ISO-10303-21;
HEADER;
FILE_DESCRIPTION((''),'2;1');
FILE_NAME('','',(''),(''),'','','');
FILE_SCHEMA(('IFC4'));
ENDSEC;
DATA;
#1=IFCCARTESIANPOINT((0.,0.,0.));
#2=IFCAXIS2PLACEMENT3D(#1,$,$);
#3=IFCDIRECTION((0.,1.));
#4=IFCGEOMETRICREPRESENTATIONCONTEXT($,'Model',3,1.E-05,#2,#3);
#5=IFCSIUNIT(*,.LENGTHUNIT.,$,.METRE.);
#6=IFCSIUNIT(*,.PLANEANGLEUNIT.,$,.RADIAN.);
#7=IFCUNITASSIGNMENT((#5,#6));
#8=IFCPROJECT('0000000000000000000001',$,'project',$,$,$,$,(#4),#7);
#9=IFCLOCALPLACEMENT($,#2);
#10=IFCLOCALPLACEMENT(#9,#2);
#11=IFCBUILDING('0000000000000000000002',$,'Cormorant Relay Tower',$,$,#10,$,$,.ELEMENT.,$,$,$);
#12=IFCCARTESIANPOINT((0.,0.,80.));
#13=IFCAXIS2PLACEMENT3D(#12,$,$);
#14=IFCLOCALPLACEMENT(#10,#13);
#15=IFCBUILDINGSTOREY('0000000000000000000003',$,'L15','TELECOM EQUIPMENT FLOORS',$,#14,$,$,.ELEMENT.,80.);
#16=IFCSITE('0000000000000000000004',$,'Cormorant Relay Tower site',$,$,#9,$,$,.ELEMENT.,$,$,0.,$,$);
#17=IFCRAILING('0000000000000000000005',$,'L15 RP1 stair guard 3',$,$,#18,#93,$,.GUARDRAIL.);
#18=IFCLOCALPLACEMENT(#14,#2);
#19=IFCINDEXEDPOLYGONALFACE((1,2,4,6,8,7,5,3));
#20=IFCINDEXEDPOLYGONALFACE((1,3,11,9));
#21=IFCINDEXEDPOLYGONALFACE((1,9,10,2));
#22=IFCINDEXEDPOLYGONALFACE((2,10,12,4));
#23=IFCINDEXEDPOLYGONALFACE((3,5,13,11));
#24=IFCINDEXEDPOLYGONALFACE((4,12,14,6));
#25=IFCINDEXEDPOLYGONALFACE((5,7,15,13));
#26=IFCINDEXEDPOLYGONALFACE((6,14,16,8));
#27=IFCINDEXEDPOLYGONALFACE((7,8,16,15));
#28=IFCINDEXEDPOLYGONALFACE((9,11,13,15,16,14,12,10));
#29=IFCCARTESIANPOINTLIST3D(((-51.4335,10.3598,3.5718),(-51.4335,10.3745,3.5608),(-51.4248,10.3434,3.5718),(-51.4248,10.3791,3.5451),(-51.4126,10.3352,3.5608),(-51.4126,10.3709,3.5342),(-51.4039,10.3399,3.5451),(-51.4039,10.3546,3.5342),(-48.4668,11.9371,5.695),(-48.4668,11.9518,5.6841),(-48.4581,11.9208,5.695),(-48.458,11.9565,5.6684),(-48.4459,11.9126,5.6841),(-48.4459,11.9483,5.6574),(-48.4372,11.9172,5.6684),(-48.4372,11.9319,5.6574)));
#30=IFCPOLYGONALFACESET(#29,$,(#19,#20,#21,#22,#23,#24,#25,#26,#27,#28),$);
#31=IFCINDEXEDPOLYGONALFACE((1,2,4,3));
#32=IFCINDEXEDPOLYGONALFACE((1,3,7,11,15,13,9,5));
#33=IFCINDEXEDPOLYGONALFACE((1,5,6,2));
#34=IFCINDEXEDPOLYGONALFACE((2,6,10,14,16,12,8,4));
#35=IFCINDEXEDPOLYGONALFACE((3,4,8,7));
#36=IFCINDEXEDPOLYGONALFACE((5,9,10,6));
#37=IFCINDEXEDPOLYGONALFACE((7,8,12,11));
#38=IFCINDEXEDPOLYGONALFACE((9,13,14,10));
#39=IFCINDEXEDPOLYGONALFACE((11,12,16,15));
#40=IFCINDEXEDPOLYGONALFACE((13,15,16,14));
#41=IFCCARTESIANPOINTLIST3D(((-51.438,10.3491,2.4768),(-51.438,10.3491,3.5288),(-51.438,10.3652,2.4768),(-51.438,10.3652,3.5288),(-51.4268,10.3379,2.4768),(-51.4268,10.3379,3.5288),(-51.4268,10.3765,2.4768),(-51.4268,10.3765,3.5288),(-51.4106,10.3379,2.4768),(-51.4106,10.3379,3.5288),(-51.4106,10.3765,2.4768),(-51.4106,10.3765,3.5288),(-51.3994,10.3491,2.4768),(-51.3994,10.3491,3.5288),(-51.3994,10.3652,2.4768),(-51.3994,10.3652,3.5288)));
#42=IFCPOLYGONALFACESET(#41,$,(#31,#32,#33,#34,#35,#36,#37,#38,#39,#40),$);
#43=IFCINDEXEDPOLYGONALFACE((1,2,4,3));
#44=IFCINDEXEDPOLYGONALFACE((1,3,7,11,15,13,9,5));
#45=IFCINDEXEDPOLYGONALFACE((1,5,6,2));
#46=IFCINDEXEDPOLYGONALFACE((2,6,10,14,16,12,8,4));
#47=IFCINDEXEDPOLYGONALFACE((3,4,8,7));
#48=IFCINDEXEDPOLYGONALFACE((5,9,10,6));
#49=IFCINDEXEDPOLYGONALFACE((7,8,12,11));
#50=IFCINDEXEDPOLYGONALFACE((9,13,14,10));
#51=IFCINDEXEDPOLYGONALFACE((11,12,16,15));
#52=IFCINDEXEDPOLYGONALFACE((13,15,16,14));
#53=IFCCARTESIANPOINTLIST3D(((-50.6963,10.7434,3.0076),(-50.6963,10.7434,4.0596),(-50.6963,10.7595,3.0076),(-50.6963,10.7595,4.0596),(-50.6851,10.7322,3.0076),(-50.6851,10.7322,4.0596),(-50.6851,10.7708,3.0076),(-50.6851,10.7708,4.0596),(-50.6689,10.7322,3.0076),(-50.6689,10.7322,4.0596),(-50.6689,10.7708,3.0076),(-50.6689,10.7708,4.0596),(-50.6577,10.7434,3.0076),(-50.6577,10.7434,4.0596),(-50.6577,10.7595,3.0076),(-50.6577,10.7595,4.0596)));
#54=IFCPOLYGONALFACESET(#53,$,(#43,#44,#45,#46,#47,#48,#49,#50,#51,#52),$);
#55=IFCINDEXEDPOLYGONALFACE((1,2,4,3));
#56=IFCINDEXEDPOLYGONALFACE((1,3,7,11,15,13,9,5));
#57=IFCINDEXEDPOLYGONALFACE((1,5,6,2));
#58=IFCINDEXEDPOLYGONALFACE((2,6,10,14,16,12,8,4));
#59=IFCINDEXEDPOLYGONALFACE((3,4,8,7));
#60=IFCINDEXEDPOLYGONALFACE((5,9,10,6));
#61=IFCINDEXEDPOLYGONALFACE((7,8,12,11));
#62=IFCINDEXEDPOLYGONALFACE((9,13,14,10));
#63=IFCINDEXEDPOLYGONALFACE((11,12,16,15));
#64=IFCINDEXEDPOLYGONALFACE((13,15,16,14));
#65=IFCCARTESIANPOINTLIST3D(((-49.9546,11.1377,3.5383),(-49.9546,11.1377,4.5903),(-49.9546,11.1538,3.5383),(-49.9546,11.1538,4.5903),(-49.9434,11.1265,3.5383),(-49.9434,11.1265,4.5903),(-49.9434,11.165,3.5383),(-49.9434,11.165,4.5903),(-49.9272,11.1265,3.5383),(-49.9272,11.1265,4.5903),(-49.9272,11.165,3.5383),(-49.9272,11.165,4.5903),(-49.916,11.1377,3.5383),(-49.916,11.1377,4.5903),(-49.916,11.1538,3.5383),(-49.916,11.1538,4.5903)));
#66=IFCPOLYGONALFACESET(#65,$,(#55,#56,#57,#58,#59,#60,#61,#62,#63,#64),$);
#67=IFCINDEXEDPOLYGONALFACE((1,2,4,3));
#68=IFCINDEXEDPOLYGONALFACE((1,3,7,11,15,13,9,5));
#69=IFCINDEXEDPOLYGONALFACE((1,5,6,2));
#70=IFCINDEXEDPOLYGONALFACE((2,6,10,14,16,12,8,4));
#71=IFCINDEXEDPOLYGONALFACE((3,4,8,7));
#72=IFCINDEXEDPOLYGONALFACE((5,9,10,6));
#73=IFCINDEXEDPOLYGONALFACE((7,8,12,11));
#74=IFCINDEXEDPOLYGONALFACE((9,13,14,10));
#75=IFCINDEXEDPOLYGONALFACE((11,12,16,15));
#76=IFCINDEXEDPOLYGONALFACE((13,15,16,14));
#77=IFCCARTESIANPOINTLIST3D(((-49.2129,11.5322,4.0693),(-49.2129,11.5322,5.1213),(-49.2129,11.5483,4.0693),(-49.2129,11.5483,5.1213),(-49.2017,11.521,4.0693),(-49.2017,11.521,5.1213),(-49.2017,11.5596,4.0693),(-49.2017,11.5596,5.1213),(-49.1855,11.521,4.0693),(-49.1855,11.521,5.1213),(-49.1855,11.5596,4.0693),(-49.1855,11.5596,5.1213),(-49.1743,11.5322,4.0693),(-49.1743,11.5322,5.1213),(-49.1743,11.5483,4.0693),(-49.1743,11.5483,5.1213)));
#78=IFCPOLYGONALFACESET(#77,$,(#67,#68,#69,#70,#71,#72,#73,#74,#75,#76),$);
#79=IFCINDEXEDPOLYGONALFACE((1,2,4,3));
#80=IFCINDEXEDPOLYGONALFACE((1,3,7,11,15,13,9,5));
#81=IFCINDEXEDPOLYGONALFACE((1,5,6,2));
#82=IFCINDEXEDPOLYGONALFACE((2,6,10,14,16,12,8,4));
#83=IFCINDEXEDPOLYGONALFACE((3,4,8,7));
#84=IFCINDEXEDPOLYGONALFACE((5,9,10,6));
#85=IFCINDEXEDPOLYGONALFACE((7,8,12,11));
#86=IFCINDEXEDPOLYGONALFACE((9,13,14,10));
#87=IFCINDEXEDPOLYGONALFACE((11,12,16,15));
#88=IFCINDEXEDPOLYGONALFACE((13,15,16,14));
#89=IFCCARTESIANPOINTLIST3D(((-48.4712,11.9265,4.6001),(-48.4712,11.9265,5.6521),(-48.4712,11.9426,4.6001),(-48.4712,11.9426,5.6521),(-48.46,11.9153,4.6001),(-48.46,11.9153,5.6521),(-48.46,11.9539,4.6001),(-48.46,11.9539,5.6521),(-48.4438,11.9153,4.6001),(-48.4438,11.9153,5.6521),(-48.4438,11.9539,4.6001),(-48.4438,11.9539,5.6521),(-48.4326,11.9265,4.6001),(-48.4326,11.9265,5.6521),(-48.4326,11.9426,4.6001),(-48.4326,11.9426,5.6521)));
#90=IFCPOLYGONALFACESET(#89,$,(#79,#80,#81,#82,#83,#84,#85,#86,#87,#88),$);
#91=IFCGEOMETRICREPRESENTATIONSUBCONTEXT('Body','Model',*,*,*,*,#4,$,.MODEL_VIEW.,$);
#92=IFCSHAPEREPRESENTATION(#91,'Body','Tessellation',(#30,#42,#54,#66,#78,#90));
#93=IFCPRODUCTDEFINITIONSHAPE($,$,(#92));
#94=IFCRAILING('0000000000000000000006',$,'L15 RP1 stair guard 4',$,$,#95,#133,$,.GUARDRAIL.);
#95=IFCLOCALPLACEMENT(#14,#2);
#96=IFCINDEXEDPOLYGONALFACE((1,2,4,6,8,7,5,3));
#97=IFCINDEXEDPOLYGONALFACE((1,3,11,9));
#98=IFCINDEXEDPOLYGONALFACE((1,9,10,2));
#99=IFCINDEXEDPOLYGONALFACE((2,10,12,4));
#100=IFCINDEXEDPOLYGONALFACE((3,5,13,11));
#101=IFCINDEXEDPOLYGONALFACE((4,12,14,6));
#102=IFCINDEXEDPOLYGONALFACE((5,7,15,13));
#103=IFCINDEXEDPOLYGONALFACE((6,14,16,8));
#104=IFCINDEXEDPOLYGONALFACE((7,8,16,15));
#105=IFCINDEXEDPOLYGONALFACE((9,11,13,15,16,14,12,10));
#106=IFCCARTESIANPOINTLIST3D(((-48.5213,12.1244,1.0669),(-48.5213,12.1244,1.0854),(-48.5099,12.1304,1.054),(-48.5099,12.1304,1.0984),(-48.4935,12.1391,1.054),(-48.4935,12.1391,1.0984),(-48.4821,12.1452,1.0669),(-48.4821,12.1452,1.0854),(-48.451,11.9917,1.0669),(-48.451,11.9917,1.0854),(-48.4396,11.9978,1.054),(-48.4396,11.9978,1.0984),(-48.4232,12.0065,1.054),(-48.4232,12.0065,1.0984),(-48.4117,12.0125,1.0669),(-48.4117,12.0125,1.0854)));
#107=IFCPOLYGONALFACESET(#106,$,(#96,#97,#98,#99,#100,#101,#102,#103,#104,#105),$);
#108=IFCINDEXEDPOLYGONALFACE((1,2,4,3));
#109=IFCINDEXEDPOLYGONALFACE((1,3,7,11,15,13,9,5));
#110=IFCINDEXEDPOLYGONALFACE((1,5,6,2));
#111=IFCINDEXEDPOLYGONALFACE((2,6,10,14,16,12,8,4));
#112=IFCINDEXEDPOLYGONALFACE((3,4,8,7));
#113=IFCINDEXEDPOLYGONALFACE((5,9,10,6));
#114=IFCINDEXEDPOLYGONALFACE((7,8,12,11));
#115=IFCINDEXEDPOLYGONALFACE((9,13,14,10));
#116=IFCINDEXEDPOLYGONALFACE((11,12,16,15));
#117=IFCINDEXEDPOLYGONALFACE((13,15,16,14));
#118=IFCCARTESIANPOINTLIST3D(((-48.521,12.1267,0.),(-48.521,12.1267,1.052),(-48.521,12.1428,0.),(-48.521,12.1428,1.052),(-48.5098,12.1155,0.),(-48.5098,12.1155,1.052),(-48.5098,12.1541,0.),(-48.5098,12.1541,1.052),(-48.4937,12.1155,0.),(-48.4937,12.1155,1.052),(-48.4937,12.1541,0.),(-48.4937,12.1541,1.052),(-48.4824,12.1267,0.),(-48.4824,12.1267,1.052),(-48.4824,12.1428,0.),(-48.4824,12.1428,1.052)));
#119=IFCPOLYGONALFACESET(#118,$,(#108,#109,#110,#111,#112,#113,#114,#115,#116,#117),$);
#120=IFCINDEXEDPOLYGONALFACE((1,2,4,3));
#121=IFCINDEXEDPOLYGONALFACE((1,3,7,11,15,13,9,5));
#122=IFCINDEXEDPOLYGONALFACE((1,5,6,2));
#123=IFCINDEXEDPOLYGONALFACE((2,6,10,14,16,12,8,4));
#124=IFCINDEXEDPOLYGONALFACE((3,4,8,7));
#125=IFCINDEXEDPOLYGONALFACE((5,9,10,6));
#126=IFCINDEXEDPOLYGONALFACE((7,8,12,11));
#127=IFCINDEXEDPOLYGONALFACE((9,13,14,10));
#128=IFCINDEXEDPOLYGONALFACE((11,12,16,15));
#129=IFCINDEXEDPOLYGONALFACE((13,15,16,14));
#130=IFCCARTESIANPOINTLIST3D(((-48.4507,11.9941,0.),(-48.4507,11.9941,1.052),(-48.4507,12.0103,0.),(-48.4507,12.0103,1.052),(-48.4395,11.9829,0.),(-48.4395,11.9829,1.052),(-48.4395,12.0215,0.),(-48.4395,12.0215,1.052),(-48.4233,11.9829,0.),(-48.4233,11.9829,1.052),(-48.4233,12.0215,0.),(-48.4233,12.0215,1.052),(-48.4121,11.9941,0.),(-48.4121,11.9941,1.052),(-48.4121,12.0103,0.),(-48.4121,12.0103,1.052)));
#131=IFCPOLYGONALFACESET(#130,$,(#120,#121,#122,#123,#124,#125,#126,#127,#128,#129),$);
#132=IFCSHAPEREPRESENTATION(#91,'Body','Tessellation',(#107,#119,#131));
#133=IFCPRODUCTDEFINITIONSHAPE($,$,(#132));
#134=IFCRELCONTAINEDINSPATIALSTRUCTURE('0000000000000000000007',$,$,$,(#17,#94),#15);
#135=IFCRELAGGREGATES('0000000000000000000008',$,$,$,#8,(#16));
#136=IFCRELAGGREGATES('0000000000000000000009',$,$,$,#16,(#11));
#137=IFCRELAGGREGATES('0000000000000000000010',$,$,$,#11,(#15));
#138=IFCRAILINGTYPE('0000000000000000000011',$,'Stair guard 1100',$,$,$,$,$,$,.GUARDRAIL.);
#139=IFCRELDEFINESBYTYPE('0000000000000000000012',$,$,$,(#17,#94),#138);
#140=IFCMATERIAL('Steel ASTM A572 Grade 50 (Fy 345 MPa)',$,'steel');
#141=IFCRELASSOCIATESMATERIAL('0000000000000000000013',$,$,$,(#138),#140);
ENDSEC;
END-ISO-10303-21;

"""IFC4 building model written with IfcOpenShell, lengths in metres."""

from ifc_helpers import new_model, si_unit, direction, frame, origin, place, context, subcontext, project, spatial, polyline, outline, extrude, material, type_object, element, save


model = new_model("IFC4")

# Units and contexts
model_context = context("Model", 3, precision=1e-05, world=origin(), true_north=direction((0.0, 1.0)))
body_context = subcontext(model_context, "Body", "Model", "MODEL_VIEW")
ifc_project = project(units=[si_unit("LENGTHUNIT", "METRE"), si_unit("PLANEANGLEUNIT", "RADIAN")], contexts=[model_context])

# Site, building, storey
site_placement = place(None, origin())
site = spatial("IfcSite", under=ifc_project, at=site_placement, Name="Cormorant Relay Tower site", CompositionType="ELEMENT", RefElevation=0.0)
building_placement = place(site_placement, origin())
building = spatial("IfcBuilding", under=site, at=building_placement, Name="Cormorant Relay Tower", CompositionType="ELEMENT")
storey_placement = place(building_placement, frame((0.0, 0.0, 80.0)))
storey = spatial("IfcBuildingStorey", under=building, at=storey_placement, Name="L15", Description="TELECOM EQUIPMENT FLOORS", CompositionType="ELEMENT", Elevation=80.0)

# Railings
ifc_material_1 = material(Name="Steel ASTM A572 Grade 50 (Fy 345 MPa)", Category="steel")
railing_type_1 = type_object("IfcRailingType", Name="Stair guard 1100", PredefinedType="GUARDRAIL", material=ifc_material_1)
railing_1_placement = place(storey_placement, frame((-51.4187, 10.3572, 2.4768)))
element("IfcRailing", 1, at=railing_1_placement, inside=storey, type_object=railing_type_1, Name="L15 RP1 stair guard 3", PredefinedType="GUARDRAIL", context=body_context, shape_type="SweptSolid", body=[
    extrude(outline(polyline([(0.0222, 0.0093), (0.0093, 0.0222), (-0.0093, 0.0222), (-0.0222, 0.0093), (-0.0222, -0.0093), (-0.0093, -0.0222), (0.0093, -0.0222), (0.0222, -0.0093), (0.0222, 0.0093)])), frame((0.0, 0.0, 1.0762), z_axis=(0.746416, 0.396856, 0.534199), x_axis=(-0.469453, 0.882958, 0.0)), (0.0, 0.0, 1.0), 3.9746),
    extrude(outline(polyline([(0.0193, 0.0081), (0.0081, 0.0193), (-0.0081, 0.0193), (-0.0193, 0.0081), (-0.0193, -0.0081), (-0.0081, -0.0193), (0.0081, -0.0193), (0.0193, -0.0081), (0.0193, 0.0081)])), origin(), (0.0, 0.0, 1.0), 1.052),
    extrude(outline(polyline([(0.0193, 0.0081), (0.0081, 0.0193), (-0.0081, 0.0193), (-0.0193, 0.0081), (-0.0193, -0.0081), (-0.0081, -0.0193), (0.0081, -0.0193), (0.0193, -0.0081), (0.0193, 0.0081)])), frame((0.7417, 0.3943, 0.5308)), (0.0, 0.0, 1.0), 1.052),
    extrude(outline(polyline([(0.0193, 0.0081), (0.0081, 0.0193), (-0.0081, 0.0193), (-0.0193, 0.0081), (-0.0193, -0.0081), (-0.0081, -0.0193), (0.0081, -0.0193), (0.0193, -0.0081), (0.0193, 0.0081)])), frame((1.4834, 0.7886, 1.0615)), (0.0, 0.0, 1.0), 1.052),
    extrude(outline(polyline([(0.0193, 0.0081), (0.0081, 0.0193), (-0.0081, 0.0193), (-0.0193, 0.0081), (-0.0193, -0.0081), (-0.0081, -0.0193), (0.0081, -0.0193), (0.0193, -0.0081), (0.0193, 0.0081)])), frame((2.2251, 1.1831, 1.5925)), (0.0, 0.0, 1.0), 1.052),
    extrude(outline(polyline([(0.0193, 0.0081), (0.0081, 0.0193), (-0.0081, 0.0193), (-0.0193, 0.0081), (-0.0193, -0.0081), (-0.0081, -0.0193), (0.0081, -0.0193), (0.0193, -0.0081), (0.0193, 0.0081)])), frame((2.9668, 1.5774, 2.1233)), (0.0, 0.0, 1.0), 1.052),
])
railing_2_placement = place(storey_placement, frame((-48.5017, 12.1348, 0.0)))
element("IfcRailing", 2, at=railing_2_placement, inside=storey, type_object=railing_type_1, Name="L15 RP1 stair guard 4", PredefinedType="GUARDRAIL", context=body_context, shape_type="SweptSolid", body=[
    extrude(outline(polyline([(0.0222, 0.0093), (0.0093, 0.0222), (-0.0093, 0.0222), (-0.0222, 0.0093), (-0.0222, -0.0093), (-0.0093, -0.0222), (0.0093, -0.0222), (0.0222, -0.0093), (0.0222, 0.0093)])), frame((0.0, 0.0, 1.0762), z_axis=(0.46856, -0.883431, 0.0), x_axis=(0.883431, 0.46856, 0.0)), (0.0, 0.0, 1.0), 0.1501),
    extrude(outline(polyline([(0.0193, 0.0081), (0.0081, 0.0193), (-0.0081, 0.0193), (-0.0193, 0.0081), (-0.0193, -0.0081), (-0.0081, -0.0193), (0.0081, -0.0193), (0.0193, -0.0081), (0.0193, 0.0081)])), origin(), (0.0, 0.0, 1.0), 1.052),
    extrude(outline(polyline([(0.0193, 0.0081), (0.0081, 0.0193), (-0.0081, 0.0193), (-0.0193, 0.0081), (-0.0193, -0.0081), (-0.0081, -0.0193), (0.0081, -0.0193), (0.0193, -0.0081), (0.0193, 0.0081)])), frame((0.0703, -0.1326, 0.0)), (0.0, 0.0, 1.0), 1.052),
])

save(model, "model.ifc")
